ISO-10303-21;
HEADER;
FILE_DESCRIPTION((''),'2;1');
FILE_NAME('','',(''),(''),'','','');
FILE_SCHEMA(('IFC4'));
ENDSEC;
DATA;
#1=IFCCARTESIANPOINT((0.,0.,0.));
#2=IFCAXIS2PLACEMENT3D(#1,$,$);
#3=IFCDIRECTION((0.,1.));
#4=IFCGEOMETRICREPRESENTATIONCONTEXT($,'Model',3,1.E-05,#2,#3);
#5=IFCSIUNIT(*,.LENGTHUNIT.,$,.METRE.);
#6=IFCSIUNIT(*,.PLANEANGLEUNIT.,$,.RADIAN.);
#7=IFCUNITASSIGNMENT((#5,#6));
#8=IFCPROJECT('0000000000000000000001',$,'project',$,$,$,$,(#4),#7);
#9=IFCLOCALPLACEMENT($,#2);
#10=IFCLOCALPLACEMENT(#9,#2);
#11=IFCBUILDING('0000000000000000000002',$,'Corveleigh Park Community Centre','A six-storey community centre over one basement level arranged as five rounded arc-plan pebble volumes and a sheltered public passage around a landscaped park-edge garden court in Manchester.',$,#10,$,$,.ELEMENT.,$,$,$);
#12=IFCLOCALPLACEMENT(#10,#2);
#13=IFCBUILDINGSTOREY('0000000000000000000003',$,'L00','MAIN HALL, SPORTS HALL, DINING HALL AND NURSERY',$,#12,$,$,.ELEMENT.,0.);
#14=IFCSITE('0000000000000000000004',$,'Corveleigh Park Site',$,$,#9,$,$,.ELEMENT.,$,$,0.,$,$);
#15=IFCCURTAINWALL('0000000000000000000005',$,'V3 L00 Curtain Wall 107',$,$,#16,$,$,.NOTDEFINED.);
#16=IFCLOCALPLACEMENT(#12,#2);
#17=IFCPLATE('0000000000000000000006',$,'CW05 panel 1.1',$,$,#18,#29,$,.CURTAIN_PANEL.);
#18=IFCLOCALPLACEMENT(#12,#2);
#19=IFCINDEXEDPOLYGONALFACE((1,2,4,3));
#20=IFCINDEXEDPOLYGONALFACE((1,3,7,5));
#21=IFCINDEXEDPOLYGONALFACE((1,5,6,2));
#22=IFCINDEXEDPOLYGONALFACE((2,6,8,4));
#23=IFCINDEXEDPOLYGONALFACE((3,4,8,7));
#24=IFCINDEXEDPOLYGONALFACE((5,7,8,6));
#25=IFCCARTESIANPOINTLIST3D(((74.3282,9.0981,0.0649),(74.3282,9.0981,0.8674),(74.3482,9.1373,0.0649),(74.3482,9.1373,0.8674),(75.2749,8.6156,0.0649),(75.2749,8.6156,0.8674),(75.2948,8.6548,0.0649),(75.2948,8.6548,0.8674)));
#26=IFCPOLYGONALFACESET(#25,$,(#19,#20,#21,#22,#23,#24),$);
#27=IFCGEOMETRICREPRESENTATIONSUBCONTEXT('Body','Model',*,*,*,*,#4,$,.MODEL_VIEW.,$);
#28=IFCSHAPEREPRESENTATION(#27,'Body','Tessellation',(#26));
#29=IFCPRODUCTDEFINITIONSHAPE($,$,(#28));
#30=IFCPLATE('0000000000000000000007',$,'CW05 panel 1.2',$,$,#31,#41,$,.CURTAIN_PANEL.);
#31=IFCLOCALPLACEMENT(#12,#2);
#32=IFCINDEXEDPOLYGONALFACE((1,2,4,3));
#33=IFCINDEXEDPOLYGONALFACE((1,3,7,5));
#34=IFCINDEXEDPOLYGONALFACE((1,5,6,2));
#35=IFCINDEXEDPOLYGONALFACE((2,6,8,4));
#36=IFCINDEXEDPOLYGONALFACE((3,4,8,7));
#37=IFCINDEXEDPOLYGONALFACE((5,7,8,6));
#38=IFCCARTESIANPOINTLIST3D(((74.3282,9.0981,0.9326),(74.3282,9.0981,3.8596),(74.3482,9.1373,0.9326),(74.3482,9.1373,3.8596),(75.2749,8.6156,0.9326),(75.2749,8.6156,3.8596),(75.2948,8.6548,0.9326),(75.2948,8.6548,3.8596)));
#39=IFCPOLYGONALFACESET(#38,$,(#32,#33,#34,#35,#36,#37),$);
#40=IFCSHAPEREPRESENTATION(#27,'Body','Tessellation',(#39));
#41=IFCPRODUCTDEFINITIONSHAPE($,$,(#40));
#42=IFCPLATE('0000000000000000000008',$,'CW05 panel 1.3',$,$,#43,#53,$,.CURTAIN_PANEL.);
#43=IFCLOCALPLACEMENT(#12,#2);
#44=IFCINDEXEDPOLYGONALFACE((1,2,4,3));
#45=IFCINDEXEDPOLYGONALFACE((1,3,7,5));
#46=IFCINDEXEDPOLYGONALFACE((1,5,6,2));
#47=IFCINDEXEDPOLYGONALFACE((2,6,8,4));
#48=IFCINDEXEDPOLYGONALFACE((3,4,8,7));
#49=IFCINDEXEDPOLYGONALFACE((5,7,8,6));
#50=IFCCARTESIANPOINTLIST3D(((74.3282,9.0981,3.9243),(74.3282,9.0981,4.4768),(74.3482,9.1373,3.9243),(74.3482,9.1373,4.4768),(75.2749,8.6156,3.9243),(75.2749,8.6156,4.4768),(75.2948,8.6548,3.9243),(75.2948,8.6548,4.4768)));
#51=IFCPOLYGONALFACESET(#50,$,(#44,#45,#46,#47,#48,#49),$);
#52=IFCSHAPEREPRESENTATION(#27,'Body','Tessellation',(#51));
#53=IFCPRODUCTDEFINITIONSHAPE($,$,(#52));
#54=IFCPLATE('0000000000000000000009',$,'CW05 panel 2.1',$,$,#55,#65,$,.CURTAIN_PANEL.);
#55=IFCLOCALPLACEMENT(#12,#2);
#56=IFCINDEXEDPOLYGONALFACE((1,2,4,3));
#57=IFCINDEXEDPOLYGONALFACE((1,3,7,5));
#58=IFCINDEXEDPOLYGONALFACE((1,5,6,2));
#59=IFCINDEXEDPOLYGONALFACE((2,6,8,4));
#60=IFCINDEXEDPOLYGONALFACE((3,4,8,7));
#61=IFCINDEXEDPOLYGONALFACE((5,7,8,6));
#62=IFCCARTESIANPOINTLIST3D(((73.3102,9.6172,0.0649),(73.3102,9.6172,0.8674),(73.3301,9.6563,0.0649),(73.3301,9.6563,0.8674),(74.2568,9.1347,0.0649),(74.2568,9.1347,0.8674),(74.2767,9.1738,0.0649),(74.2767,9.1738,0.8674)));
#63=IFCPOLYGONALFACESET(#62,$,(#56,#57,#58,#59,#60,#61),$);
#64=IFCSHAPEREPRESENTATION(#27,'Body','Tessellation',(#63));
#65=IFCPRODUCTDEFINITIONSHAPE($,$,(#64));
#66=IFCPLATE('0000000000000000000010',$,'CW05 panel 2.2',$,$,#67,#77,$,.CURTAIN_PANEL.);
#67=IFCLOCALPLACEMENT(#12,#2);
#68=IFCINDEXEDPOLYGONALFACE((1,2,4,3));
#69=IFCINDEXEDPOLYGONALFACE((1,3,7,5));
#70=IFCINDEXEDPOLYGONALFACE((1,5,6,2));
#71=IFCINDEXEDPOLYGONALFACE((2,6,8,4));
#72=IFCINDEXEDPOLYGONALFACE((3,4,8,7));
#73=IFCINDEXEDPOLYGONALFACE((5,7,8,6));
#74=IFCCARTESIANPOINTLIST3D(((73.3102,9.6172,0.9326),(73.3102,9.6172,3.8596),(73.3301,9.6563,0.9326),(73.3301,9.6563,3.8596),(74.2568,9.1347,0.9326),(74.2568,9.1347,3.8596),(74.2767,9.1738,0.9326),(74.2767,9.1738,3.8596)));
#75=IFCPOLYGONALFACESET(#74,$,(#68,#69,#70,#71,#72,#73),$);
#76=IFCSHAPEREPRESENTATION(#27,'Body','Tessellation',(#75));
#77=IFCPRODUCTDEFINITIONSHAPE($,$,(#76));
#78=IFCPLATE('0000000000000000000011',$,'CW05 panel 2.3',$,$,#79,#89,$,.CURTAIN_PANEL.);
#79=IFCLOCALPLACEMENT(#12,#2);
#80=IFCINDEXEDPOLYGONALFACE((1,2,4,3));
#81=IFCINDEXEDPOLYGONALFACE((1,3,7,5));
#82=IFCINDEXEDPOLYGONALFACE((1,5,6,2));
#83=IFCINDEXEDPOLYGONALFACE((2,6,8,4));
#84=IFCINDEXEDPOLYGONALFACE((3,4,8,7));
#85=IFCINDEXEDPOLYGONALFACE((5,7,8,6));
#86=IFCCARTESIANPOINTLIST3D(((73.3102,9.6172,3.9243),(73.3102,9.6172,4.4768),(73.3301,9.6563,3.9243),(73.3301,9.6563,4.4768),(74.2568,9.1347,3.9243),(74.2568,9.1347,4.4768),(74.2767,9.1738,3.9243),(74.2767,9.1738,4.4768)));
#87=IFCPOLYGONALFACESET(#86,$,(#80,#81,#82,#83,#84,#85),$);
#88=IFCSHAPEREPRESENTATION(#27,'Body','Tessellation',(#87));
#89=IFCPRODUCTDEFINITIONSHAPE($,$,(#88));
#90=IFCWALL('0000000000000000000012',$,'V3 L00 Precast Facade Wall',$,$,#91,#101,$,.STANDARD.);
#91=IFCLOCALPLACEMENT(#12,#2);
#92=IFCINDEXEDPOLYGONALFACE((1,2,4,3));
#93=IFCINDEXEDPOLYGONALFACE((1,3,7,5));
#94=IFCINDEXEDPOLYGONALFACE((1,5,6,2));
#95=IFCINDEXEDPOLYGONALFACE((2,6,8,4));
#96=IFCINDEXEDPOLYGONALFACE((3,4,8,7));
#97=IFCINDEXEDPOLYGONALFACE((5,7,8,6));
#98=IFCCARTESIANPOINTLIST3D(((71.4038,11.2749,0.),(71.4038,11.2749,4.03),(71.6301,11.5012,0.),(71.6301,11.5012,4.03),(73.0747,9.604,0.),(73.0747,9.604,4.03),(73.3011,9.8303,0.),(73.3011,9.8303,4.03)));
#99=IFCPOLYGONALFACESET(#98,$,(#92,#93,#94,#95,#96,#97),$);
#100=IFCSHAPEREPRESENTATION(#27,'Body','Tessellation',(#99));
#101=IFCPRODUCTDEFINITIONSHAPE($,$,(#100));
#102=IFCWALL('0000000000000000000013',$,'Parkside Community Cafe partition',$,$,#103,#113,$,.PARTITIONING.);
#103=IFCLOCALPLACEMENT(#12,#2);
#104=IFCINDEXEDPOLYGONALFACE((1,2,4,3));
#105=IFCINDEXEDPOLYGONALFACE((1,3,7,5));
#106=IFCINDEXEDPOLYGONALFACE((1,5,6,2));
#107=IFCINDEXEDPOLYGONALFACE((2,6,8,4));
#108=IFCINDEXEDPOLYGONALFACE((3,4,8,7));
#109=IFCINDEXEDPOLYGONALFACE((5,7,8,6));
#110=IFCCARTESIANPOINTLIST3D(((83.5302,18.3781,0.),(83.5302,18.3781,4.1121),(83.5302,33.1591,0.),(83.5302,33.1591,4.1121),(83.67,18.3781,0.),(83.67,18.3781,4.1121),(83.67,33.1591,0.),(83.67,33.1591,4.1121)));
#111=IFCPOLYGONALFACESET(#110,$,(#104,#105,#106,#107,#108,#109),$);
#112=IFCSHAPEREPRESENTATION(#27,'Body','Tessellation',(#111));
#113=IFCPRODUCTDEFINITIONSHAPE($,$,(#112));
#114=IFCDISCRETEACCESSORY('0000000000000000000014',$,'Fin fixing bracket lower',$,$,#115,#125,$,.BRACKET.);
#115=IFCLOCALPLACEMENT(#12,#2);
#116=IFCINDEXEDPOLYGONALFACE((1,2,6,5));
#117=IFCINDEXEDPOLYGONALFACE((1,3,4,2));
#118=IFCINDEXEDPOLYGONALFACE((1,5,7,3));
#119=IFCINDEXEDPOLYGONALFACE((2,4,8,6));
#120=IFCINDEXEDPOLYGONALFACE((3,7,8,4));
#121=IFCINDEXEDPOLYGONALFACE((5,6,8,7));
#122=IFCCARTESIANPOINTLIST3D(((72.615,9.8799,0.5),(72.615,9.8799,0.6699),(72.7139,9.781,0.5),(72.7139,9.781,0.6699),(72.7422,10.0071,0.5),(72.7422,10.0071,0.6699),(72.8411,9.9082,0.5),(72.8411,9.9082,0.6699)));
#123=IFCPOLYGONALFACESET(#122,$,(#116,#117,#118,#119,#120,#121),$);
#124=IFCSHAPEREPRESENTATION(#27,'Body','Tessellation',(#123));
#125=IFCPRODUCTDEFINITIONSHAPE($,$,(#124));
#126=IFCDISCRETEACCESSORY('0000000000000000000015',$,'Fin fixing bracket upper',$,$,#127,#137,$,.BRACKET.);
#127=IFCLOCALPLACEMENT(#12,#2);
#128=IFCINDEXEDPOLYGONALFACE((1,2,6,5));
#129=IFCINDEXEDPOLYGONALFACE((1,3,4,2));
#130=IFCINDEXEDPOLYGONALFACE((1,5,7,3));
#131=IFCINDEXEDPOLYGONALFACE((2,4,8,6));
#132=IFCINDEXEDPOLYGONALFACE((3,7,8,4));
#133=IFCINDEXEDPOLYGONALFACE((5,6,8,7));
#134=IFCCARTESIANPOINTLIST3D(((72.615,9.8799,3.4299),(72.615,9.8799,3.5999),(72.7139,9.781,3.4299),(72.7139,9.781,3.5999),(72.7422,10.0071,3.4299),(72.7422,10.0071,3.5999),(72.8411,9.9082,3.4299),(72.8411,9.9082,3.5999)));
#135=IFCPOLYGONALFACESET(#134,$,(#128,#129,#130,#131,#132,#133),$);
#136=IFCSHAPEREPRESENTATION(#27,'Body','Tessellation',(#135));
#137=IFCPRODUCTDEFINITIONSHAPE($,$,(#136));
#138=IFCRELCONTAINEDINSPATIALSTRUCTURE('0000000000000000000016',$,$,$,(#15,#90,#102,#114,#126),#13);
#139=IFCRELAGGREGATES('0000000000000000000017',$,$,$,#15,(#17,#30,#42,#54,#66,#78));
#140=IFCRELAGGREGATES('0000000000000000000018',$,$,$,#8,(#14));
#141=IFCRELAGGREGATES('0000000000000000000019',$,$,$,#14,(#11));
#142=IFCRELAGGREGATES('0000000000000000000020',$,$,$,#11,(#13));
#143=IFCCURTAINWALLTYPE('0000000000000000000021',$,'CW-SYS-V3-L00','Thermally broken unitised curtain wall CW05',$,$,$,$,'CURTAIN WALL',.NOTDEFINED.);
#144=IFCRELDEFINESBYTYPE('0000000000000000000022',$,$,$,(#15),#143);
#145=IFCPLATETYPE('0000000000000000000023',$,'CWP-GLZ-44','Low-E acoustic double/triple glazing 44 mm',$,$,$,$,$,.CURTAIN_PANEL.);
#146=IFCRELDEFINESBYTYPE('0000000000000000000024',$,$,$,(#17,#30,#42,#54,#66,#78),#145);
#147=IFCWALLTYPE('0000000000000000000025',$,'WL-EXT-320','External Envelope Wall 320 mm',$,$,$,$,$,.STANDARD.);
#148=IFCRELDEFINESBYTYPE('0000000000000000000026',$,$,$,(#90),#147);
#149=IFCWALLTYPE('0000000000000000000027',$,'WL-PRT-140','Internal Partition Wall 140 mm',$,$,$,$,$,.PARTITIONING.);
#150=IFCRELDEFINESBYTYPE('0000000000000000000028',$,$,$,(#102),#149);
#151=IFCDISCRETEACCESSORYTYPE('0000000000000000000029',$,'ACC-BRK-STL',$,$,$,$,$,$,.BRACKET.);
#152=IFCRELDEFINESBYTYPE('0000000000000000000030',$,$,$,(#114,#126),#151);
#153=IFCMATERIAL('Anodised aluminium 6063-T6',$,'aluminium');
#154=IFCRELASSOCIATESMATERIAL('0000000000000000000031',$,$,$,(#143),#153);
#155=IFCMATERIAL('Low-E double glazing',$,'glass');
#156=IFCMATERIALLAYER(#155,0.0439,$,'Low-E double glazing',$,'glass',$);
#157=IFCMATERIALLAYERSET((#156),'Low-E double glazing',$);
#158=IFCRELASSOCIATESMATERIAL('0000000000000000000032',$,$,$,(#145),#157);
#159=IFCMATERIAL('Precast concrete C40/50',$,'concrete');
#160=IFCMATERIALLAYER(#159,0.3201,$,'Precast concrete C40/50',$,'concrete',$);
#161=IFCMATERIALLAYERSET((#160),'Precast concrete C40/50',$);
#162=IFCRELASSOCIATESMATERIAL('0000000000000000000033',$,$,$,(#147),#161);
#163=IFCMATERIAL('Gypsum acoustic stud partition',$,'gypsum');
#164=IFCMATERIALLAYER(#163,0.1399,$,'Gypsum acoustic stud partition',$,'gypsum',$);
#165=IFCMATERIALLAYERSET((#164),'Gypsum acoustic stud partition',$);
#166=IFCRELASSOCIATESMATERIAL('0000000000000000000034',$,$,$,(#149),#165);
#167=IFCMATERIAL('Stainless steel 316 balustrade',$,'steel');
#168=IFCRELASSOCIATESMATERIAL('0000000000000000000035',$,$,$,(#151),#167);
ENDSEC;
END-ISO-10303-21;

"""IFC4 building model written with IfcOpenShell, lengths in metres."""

from ifc_helpers import new_model, si_unit, direction, frame, frame_2d, origin, origin_2d, place, context, subcontext, project, spatial, rectangle, extrude, material, layer, layer_set, type_object, element, aggregate, save


model = new_model("IFC4")

# Units and contexts
model_context = context("Model", 3, precision=1e-05, world=origin(), true_north=direction((0.0, 1.0)))
body_context = subcontext(model_context, "Body", "Model", "MODEL_VIEW")
ifc_project = project(units=[si_unit("LENGTHUNIT", "METRE"), si_unit("PLANEANGLEUNIT", "RADIAN")], contexts=[model_context])

# Site, building, storey
site_placement = place(None, origin())
site = spatial("IfcSite", under=ifc_project, at=site_placement, Name="Corveleigh Park Site", CompositionType="ELEMENT", RefElevation=0.0)
building_placement = place(site_placement, origin())
building = spatial("IfcBuilding", under=site, at=building_placement, Name="Corveleigh Park Community Centre", Description="A six-storey community centre over one basement level arranged as five rounded arc-plan pebble volumes and a sheltered public passage around a landscaped park-edge garden court in Manchester.", CompositionType="ELEMENT")
storey_placement = place(building_placement, origin())
storey = spatial("IfcBuildingStorey", under=building, at=storey_placement, Name="L00", Description="MAIN HALL, SPORTS HALL, DINING HALL AND NURSERY", CompositionType="ELEMENT", Elevation=0.0)

# Curtain wall, plates
ifc_material_1 = material(Name="Anodised aluminium 6063-T6", Category="aluminium")
curtain_wall_type = type_object("IfcCurtainWallType", Name="CW-SYS-V3-L00", Description="Thermally broken unitised curtain wall CW05", ElementType="CURTAIN WALL", PredefinedType="NOTDEFINED", material=ifc_material_1)
curtain_wall_placement = place(storey_placement, origin())
curtain_wall = element("IfcCurtainWall", 1, at=curtain_wall_placement, inside=storey, type_object=curtain_wall_type, Name="V3 L00 Curtain Wall 107", PredefinedType="NOTDEFINED")
ifc_material_2 = material(Name="Low-E double glazing", Category="glass")
ifc_layer_1 = layer(ifc_material_2, 0.0439, Name="Low-E double glazing", Category="glass")
ifc_layer_set_1 = layer_set([ifc_layer_1], Name="Low-E double glazing")
plate_type = type_object("IfcPlateType", Name="CWP-GLZ-44", Description="Low-E acoustic double/triple glazing 44 mm", PredefinedType="CURTAIN_PANEL", material=ifc_layer_set_1)
plate_1_placement = place(storey_placement, frame((74.8115, 8.8765, 0.0649), z_axis=(0.0, 0.0, 1.0), x_axis=(-0.890933, 0.454135, 0.0)))
plate_1 = element("IfcPlate", 2, at=plate_1_placement, type_object=plate_type, Name="CW05 panel 1.1", PredefinedType="CURTAIN_PANEL", context=body_context, shape_type="SweptSolid", body=[
    extrude(rectangle(XDim=1.0625, YDim=0.0439, at=origin_2d()), origin(), (0.0, 0.0, 1.0), 0.8025),
])
plate_2_placement = place(storey_placement, frame((74.8115, 8.8765, 0.9326), z_axis=(0.0, 0.0, 1.0), x_axis=(-0.890933, 0.454135, 0.0)))
plate_2 = element("IfcPlate", 3, at=plate_2_placement, type_object=plate_type, Name="CW05 panel 1.2", PredefinedType="CURTAIN_PANEL", context=body_context, shape_type="SweptSolid", body=[
    extrude(rectangle(XDim=1.0625, YDim=0.0439, at=origin_2d()), origin(), (0.0, 0.0, 1.0), 2.927),
])
plate_3_placement = place(storey_placement, frame((74.8115, 8.8765, 3.9243), z_axis=(0.0, 0.0, 1.0), x_axis=(-0.890933, 0.454135, 0.0)))
plate_3 = element("IfcPlate", 4, at=plate_3_placement, type_object=plate_type, Name="CW05 panel 1.3", PredefinedType="CURTAIN_PANEL", context=body_context, shape_type="SweptSolid", body=[
    extrude(rectangle(XDim=1.0625, YDim=0.0439, at=origin_2d()), origin(), (0.0, 0.0, 1.0), 0.5525),
])
plate_4_placement = place(storey_placement, frame((73.7935, 9.3955, 0.0649), z_axis=(0.0, 0.0, 1.0), x_axis=(-0.890933, 0.454135, 0.0)))
plate_4 = element("IfcPlate", 5, at=plate_4_placement, type_object=plate_type, Name="CW05 panel 2.1", PredefinedType="CURTAIN_PANEL", context=body_context, shape_type="SweptSolid", body=[
    extrude(rectangle(XDim=1.0625, YDim=0.0439, at=origin_2d()), origin(), (0.0, 0.0, 1.0), 0.8025),
])
plate_5_placement = place(storey_placement, frame((73.7935, 9.3955, 0.9326), z_axis=(0.0, 0.0, 1.0), x_axis=(-0.890933, 0.454135, 0.0)))
plate_5 = element("IfcPlate", 6, at=plate_5_placement, type_object=plate_type, Name="CW05 panel 2.2", PredefinedType="CURTAIN_PANEL", context=body_context, shape_type="SweptSolid", body=[
    extrude(rectangle(XDim=1.0625, YDim=0.0439, at=origin_2d()), origin(), (0.0, 0.0, 1.0), 2.927),
])
plate_6_placement = place(storey_placement, frame((73.7935, 9.3955, 3.9243), z_axis=(0.0, 0.0, 1.0), x_axis=(-0.890933, 0.454135, 0.0)))
plate_6 = element("IfcPlate", 7, at=plate_6_placement, type_object=plate_type, Name="CW05 panel 2.3", PredefinedType="CURTAIN_PANEL", context=body_context, shape_type="SweptSolid", body=[
    extrude(rectangle(XDim=1.0625, YDim=0.0439, at=origin_2d()), origin(), (0.0, 0.0, 1.0), 0.5525),
])
aggregate(curtain_wall, [plate_1, plate_2, plate_3, plate_4, plate_5, plate_6])

# Walls
ifc_material_3 = material(Name="Precast concrete C40/50", Category="concrete")
ifc_layer_2 = layer(ifc_material_3, 0.3201, Name="Precast concrete C40/50", Category="concrete")
ifc_layer_set_2 = layer_set([ifc_layer_2], Name="Precast concrete C40/50")
wall_type_1 = type_object("IfcWallType", Name="WL-EXT-320", Description="External Envelope Wall 320 mm", PredefinedType="STANDARD", material=ifc_layer_set_2)
wall_1_placement = place(storey_placement, frame((73.188, 9.717, 0.0), z_axis=(0.0, 0.0, 1.0), x_axis=(-0.707107, 0.707107, 0.0)))
element("IfcWall", 8, at=wall_1_placement, inside=storey, type_object=wall_type_1, Name="V3 L00 Precast Facade Wall", PredefinedType="STANDARD", context=body_context, shape_type="SweptSolid", body=[
    extrude(rectangle(XDim=2.363, YDim=0.3201, at=frame_2d((1.1816, 0.0))), origin(), (0.0, 0.0, 1.0), 4.03),
])
ifc_material_4 = material(Name="Gypsum acoustic stud partition", Category="gypsum")
ifc_layer_3 = layer(ifc_material_4, 0.1399, Name="Gypsum acoustic stud partition", Category="gypsum")
ifc_layer_set_3 = layer_set([ifc_layer_3], Name="Gypsum acoustic stud partition")
wall_type_2 = type_object("IfcWallType", Name="WL-PRT-140", Description="Internal Partition Wall 140 mm", PredefinedType="PARTITIONING", material=ifc_layer_set_3)
wall_2_placement = place(storey_placement, frame((83.6001, 18.3779, 0.0), z_axis=(0.0, 0.0, 1.0), x_axis=(0.0, 1.0, 0.0)))
element("IfcWall", 9, at=wall_2_placement, inside=storey, type_object=wall_type_2, Name="Parkside Community Cafe partition", PredefinedType="PARTITIONING", context=body_context, shape_type="SweptSolid", body=[
    extrude(rectangle(XDim=14.781, YDim=0.1399, at=frame_2d((7.3906, 0.0))), origin(), (0.0, 0.0, 1.0), 4.1121),
])

# Discrete accessories
ifc_material_5 = material(Name="Stainless steel 316 balustrade", Category="steel")
discrete_accessory_type = type_object("IfcDiscreteAccessoryType", Name="ACC-BRK-STL", PredefinedType="BRACKET", material=ifc_material_5)
for number, where, z_axis, x_axis, name in (
    (10, (72.728, 9.894, 0.5), (0.0, 0.0, 1.0), (-0.707107, -0.707107, 0.0), "Fin fixing bracket lower"),
    (11, (72.728, 9.894, 3.4299), (0.0, 0.0, 1.0), (-0.707107, -0.707107, 0.0), "Fin fixing bracket upper"),
):
    element("IfcDiscreteAccessory", number, at=place(storey_placement, frame(where, z_axis=z_axis, x_axis=x_axis)), inside=storey, type_object=discrete_accessory_type, Name=name, PredefinedType="BRACKET", context=body_context, shape_type="SweptSolid", body=[
        extrude(rectangle(XDim=0.1799, YDim=0.1399, at=origin_2d()), origin(), (0.0, 0.0, 1.0), 0.1699),
    ])

save(model, "model.ifc")
